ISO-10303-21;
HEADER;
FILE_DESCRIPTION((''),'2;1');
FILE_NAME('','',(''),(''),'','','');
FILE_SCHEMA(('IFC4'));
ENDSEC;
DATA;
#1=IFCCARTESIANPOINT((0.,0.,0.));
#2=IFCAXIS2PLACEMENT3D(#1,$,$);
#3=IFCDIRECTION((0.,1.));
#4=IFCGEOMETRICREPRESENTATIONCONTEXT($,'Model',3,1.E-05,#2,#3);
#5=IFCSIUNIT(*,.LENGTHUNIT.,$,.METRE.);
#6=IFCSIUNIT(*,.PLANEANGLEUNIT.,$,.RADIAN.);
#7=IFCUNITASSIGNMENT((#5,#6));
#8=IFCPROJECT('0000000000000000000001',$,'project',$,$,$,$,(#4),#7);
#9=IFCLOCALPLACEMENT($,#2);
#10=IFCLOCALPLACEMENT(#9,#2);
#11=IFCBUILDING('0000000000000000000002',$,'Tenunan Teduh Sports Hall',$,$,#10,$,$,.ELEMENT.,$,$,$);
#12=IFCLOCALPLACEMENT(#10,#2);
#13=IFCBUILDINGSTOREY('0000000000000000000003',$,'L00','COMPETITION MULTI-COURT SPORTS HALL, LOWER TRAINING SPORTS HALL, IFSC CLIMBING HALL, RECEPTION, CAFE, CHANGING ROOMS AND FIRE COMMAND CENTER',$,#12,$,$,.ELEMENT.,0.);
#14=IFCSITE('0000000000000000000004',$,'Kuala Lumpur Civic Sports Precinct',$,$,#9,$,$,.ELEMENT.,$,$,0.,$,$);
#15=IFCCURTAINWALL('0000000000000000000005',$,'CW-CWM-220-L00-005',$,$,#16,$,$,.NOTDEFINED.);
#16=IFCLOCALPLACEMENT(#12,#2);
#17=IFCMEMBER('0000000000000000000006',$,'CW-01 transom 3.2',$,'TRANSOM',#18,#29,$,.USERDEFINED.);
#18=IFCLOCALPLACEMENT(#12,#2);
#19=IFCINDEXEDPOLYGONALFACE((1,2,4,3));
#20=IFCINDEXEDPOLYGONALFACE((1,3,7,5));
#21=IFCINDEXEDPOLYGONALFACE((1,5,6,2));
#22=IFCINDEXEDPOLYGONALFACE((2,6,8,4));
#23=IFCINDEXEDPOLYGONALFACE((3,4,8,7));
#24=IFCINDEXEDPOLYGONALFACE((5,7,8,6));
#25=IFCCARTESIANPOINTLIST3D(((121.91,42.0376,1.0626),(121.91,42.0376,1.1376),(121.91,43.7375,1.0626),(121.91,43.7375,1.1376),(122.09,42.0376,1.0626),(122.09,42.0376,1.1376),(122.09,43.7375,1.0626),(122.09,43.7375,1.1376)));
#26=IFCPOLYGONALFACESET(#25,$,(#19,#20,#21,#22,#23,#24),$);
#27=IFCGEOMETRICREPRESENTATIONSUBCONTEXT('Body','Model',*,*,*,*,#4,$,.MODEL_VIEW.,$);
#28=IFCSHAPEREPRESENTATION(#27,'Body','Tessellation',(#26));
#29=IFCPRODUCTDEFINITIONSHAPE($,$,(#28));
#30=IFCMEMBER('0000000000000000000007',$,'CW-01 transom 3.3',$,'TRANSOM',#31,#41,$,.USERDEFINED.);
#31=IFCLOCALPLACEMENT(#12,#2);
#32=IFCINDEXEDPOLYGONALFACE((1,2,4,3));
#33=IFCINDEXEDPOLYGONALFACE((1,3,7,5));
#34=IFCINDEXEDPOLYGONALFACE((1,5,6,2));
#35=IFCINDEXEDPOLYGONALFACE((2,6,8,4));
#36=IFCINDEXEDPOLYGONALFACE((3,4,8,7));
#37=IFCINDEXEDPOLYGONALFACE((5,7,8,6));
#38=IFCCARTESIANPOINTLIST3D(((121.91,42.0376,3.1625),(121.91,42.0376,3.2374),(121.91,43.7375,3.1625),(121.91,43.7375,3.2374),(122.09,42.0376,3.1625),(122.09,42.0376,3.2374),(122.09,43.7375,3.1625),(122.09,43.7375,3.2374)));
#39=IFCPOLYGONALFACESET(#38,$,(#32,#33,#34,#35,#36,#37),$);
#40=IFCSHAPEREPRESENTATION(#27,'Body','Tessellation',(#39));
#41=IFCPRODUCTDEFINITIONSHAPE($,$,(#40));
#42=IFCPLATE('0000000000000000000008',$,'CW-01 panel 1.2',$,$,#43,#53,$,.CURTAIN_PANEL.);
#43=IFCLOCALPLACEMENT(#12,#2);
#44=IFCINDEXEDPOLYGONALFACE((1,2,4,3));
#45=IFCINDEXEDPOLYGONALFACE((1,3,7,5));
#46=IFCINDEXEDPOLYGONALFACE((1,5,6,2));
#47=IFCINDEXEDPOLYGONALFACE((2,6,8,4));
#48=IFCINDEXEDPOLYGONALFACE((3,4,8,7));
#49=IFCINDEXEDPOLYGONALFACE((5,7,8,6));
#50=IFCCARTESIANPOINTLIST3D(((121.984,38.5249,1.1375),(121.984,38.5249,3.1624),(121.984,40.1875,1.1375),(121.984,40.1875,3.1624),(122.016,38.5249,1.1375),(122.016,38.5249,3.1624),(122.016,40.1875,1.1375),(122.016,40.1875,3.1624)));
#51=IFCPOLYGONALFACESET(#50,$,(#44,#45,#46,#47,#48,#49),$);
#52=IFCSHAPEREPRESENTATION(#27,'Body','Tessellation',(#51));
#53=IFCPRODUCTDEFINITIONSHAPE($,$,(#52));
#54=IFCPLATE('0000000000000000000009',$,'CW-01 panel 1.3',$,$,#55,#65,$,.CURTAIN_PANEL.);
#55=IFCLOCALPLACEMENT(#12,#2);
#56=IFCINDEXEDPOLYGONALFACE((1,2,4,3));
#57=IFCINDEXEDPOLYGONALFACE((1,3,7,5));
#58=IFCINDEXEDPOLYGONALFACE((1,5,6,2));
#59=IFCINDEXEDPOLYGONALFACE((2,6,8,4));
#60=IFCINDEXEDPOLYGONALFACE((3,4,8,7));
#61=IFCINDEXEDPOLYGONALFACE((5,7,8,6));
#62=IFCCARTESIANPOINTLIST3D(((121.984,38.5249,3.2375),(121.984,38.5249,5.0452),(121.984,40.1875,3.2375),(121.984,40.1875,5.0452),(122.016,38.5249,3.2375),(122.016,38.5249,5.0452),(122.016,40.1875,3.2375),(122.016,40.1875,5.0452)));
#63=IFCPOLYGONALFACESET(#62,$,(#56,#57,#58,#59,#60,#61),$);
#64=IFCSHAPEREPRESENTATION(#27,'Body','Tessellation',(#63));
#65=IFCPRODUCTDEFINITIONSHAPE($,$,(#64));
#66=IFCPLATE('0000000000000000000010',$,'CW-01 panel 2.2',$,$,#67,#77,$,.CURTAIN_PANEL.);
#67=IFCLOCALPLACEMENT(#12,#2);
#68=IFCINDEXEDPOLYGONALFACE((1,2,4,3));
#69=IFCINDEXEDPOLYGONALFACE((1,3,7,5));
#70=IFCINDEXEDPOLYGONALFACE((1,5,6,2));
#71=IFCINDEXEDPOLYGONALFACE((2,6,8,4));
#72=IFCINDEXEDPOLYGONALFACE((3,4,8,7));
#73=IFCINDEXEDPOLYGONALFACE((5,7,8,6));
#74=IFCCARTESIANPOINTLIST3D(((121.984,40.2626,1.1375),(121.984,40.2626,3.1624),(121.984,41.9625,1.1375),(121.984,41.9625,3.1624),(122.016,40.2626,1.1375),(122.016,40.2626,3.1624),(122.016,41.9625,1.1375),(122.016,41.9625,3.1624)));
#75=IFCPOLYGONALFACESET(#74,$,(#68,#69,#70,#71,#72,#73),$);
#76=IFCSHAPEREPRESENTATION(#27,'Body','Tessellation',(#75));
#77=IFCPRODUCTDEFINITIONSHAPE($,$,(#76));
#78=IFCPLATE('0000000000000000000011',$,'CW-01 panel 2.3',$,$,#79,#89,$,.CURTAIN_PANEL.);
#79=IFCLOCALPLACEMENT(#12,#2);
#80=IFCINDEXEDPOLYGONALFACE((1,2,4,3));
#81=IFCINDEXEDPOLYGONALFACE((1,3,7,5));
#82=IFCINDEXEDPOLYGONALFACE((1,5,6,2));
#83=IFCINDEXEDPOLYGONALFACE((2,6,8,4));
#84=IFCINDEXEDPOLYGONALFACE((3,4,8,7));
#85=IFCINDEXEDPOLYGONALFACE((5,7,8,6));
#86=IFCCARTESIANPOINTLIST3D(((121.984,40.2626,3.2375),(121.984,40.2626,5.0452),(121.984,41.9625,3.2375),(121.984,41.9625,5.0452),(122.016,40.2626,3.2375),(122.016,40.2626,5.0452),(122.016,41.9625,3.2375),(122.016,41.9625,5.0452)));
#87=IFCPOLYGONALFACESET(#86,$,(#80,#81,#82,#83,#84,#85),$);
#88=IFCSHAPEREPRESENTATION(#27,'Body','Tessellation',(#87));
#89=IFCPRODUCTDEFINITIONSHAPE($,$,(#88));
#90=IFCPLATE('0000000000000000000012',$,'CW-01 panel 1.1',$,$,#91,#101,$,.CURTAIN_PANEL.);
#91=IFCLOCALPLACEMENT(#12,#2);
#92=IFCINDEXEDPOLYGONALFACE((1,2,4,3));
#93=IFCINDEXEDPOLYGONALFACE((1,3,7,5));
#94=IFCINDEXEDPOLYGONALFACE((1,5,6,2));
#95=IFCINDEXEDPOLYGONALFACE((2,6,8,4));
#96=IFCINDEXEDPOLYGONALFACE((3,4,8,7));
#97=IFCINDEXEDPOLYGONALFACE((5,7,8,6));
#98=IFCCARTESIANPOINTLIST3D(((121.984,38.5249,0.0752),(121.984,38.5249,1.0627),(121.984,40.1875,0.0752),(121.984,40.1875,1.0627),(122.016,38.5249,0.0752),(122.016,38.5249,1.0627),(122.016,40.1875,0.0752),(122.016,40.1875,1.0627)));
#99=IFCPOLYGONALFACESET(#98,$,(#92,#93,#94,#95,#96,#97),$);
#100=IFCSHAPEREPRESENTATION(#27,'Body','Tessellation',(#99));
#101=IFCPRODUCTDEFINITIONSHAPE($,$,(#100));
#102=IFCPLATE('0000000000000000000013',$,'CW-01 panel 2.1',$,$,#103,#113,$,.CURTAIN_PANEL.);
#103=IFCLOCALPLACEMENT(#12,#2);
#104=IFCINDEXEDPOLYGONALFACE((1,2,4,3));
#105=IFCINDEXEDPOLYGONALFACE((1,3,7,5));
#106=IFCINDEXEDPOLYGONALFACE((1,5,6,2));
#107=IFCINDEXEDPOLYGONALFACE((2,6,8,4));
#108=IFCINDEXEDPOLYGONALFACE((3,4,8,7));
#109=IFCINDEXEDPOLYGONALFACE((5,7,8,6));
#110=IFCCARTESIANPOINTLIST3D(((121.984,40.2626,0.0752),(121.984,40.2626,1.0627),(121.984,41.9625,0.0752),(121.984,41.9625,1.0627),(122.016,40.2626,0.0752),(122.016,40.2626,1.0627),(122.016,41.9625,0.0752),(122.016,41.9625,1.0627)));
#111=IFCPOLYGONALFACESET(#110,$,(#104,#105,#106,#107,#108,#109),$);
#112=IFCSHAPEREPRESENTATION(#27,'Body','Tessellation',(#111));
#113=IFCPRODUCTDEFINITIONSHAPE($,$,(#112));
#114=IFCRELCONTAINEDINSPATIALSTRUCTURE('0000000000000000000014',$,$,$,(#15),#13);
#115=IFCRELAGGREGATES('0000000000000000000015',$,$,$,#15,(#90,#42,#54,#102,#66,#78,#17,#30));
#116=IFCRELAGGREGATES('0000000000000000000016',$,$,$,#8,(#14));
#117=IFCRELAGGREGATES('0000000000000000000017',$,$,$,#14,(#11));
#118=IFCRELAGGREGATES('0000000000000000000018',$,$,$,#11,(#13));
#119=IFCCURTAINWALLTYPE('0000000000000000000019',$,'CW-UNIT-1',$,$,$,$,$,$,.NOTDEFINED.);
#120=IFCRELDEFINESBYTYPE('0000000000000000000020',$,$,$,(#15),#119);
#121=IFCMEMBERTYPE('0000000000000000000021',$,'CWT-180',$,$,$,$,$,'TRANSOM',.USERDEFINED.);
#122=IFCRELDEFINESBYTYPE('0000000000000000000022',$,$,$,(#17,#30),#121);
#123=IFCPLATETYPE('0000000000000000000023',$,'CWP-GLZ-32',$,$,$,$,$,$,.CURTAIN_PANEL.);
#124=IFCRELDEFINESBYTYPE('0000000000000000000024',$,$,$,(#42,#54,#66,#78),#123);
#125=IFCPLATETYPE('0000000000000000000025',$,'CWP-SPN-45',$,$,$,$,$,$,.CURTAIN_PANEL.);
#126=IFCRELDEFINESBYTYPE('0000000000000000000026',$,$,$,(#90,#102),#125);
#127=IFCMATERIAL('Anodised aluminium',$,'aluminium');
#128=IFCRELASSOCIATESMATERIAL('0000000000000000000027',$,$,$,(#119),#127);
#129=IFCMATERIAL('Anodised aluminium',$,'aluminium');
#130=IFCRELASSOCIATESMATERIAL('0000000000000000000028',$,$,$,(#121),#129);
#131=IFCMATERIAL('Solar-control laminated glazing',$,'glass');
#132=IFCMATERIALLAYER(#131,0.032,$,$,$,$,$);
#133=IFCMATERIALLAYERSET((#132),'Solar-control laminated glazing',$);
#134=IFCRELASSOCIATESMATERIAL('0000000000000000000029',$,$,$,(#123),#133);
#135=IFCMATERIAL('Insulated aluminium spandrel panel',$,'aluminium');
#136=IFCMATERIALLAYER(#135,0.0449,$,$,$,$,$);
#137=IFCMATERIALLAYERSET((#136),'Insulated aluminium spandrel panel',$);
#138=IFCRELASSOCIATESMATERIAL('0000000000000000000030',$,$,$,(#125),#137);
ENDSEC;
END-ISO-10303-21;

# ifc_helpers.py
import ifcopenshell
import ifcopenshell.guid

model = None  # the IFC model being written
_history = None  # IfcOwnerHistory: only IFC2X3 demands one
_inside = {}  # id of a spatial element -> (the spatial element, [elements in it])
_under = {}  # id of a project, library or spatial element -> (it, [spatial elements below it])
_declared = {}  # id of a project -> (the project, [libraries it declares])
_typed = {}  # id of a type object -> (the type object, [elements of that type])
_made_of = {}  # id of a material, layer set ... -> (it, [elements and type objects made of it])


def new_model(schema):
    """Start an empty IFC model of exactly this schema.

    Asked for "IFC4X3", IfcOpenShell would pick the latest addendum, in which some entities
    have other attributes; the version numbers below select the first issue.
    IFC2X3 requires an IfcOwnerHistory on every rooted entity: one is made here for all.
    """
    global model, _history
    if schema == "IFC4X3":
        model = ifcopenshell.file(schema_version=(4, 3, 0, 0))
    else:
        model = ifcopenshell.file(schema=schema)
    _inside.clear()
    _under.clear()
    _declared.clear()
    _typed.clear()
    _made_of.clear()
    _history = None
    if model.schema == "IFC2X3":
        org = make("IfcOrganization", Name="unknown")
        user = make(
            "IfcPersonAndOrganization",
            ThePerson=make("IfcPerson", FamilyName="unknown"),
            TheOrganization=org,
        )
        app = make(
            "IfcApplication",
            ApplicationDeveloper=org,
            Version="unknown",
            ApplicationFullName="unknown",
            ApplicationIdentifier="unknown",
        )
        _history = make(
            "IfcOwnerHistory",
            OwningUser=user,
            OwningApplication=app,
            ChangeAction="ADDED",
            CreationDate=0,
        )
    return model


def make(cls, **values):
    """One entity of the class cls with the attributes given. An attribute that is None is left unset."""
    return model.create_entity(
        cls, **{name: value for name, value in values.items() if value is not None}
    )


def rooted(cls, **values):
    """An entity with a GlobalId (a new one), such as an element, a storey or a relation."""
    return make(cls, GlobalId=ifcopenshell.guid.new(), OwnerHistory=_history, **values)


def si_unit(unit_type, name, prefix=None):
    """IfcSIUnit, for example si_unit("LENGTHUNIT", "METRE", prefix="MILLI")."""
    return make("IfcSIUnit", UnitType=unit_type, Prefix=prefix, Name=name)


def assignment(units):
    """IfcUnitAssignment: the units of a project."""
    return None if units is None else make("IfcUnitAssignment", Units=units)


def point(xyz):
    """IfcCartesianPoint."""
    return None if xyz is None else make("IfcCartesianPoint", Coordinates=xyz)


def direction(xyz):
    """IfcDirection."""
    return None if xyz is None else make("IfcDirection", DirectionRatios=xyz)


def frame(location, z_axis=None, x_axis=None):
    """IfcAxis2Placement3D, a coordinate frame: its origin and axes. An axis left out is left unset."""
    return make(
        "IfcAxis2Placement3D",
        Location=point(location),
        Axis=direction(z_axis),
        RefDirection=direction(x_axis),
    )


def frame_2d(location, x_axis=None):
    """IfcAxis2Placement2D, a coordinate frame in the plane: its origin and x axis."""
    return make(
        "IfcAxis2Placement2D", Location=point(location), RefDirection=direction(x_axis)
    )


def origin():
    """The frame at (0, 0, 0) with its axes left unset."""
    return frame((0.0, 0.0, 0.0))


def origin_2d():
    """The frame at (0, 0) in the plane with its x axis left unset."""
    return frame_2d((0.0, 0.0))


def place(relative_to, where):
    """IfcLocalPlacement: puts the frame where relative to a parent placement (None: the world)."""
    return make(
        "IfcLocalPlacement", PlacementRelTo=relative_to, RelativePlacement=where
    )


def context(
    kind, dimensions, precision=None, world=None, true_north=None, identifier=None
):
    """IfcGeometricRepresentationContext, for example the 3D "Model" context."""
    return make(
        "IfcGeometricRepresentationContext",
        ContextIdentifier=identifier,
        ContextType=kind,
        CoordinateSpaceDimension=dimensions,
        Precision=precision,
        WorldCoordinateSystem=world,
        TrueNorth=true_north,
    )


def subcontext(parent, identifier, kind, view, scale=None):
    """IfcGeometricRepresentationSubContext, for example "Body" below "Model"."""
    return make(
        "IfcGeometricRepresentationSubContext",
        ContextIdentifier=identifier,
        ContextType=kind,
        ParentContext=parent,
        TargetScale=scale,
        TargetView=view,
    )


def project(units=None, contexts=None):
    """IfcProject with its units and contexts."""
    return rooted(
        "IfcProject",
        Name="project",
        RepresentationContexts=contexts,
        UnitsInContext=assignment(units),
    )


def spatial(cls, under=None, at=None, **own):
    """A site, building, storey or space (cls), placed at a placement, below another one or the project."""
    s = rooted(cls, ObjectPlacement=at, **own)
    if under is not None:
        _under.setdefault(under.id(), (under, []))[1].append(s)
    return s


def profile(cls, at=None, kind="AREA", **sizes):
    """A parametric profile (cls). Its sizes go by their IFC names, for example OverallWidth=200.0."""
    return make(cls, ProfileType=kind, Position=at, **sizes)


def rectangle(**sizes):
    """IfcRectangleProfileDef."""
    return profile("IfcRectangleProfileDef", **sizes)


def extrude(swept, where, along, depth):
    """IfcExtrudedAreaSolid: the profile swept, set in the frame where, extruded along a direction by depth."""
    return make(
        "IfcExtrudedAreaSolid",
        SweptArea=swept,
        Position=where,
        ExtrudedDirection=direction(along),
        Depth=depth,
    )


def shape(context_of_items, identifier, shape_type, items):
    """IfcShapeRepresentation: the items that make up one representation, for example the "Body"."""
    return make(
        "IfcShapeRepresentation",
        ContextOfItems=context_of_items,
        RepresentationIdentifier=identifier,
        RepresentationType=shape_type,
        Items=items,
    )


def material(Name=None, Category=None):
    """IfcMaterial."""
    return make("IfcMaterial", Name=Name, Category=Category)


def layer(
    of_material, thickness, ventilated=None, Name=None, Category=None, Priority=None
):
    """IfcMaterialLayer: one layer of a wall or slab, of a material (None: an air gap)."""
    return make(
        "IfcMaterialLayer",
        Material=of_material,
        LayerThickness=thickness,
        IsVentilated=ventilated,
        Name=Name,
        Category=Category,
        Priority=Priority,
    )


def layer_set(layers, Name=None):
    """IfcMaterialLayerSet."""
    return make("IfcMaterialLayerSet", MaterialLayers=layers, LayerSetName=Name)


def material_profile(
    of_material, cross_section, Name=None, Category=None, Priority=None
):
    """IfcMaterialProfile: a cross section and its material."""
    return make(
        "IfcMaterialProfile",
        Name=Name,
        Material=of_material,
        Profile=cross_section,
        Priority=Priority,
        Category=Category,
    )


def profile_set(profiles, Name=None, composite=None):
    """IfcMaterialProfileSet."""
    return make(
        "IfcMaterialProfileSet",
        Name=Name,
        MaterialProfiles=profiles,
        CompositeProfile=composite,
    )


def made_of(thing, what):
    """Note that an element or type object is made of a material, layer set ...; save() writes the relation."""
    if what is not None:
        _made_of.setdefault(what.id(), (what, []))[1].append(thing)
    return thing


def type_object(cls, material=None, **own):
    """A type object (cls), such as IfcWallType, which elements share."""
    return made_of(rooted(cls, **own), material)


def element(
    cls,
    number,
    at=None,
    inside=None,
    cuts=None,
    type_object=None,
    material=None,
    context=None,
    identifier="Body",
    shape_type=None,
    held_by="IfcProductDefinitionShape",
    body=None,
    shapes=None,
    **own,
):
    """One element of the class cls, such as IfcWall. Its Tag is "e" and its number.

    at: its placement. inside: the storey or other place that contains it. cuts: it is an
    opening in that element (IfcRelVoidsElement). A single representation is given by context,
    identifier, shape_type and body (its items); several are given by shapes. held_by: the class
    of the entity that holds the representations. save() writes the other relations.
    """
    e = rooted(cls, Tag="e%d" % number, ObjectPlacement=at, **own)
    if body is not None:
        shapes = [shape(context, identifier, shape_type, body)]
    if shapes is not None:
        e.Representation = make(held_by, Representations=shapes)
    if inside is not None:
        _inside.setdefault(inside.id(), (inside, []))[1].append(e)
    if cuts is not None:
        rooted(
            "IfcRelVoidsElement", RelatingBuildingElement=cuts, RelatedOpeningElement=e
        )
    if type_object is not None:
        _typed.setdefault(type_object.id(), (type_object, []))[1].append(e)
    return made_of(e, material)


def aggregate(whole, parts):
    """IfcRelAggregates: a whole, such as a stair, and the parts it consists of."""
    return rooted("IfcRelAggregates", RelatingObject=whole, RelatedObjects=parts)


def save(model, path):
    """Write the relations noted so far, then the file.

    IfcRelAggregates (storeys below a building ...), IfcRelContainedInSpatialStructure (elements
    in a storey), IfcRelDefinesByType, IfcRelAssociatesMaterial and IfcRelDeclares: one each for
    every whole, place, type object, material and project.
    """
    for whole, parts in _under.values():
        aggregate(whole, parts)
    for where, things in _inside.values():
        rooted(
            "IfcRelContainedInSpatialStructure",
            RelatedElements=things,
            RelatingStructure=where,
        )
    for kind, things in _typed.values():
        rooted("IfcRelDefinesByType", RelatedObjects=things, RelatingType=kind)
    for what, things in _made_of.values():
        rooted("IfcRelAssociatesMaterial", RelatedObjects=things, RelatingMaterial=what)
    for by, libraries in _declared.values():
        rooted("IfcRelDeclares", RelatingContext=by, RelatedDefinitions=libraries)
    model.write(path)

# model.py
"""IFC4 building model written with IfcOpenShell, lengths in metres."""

from ifc_helpers import new_model, si_unit, direction, frame, origin, origin_2d, place, context, subcontext, project, spatial, rectangle, extrude, material, layer, layer_set, material_profile, profile_set, type_object, element, aggregate, save


model = new_model("IFC4")

# Units and contexts
model_context = context("Model", 3, precision=1e-05, world=origin(), true_north=direction((0.0, 1.0)))
body_context = subcontext(model_context, "Body", "Model", "MODEL_VIEW")
ifc_project = project(units=[si_unit("LENGTHUNIT", "METRE"), si_unit("PLANEANGLEUNIT", "RADIAN")], contexts=[model_context])

# Site, building, storey
site_placement = place(None, origin())
site = spatial("IfcSite", under=ifc_project, at=site_placement, Name="Kuala Lumpur Civic Sports Precinct", CompositionType="ELEMENT", RefElevation=0.0)
building_placement = place(site_placement, origin())
building = spatial("IfcBuilding", under=site, at=building_placement, Name="Tenunan Teduh Sports Hall", CompositionType="ELEMENT")
storey_placement = place(building_placement, origin())
storey = spatial("IfcBuildingStorey", under=building, at=storey_placement, Name="L00", Description="COMPETITION MULTI-COURT SPORTS HALL, LOWER TRAINING SPORTS HALL, IFSC CLIMBING HALL, RECEPTION, CAFE, CHANGING ROOMS AND FIRE COMMAND CENTER", CompositionType="ELEMENT", Elevation=0.0)

# Curtain wall, members, plates
ifc_material_1 = material(Name="Anodised aluminium", Category="aluminium")
curtain_wall_type = type_object("IfcCurtainWallType", Name="CW-UNIT-1", PredefinedType="NOTDEFINED", material=ifc_material_1)
curtain_wall_placement = place(storey_placement, origin())
curtain_wall = element("IfcCurtainWall", 1, at=curtain_wall_placement, inside=storey, type_object=curtain_wall_type, Name="CW-CWM-220-L00-005", PredefinedType="NOTDEFINED")
ifc_material_2 = material(Name="Anodised aluminium", Category="aluminium")
ifc_material_profile_1 = material_profile(ifc_material_2, rectangle(XDim=0.075, YDim=0.1799, at=origin_2d()), Name="CWT 75x180")
ifc_profile_set_1 = profile_set([ifc_material_profile_1], Name="Anodised aluminium")
member_type_1 = type_object("IfcMemberType", Name="CWT-180", ElementType="TRANSOM", PredefinedType="USERDEFINED", material=ifc_profile_set_1)
member_1_placement = place(storey_placement, frame((122.0, 42.0376, 1.1001), z_axis=(0.0, 1.0, 0.0), x_axis=(0.0, 0.0, 1.0)))
member_1 = element("IfcMember", 2, at=member_1_placement, type_object=member_type_1, Name="CW-01 transom 3.2", ObjectType="TRANSOM", PredefinedType="USERDEFINED", context=body_context, shape_type="SweptSolid", body=[
    extrude(rectangle(XDim=0.075, YDim=0.1799, at=origin_2d()), origin(), (0.0, 0.0, 1.0), 1.7),
])
member_2_placement = place(storey_placement, frame((122.0, 42.0376, 3.2), z_axis=(0.0, 1.0, 0.0), x_axis=(0.0, 0.0, 1.0)))
member_2 = element("IfcMember", 3, at=member_2_placement, type_object=member_type_1, Name="CW-01 transom 3.3", ObjectType="TRANSOM", PredefinedType="USERDEFINED", context=body_context, shape_type="SweptSolid", body=[
    extrude(rectangle(XDim=0.075, YDim=0.1799, at=origin_2d()), origin(), (0.0, 0.0, 1.0), 1.7),
])
ifc_material_3 = material(Name="Solar-control laminated glazing", Category="glass")
ifc_layer_1 = layer(ifc_material_3, 0.032)
ifc_layer_set_1 = layer_set([ifc_layer_1], Name="Solar-control laminated glazing")
plate_type_1 = type_object("IfcPlateType", Name="CWP-GLZ-32", PredefinedType="CURTAIN_PANEL", material=ifc_layer_set_1)
plate_1_placement = place(storey_placement, frame((122.0, 39.3562, 1.1375), z_axis=(0.0, 0.0, 1.0), x_axis=(0.0, 1.0, 0.0)))
plate_1 = element("IfcPlate", 4, at=plate_1_placement, type_object=plate_type_1, Name="CW-01 panel 1.2", PredefinedType="CURTAIN_PANEL", context=body_context, shape_type="SweptSolid", body=[
    extrude(rectangle(XDim=1.6626, YDim=0.032, at=origin_2d()), origin(), (0.0, 0.0, 1.0), 2.0249),
])
plate_2_placement = place(storey_placement, frame((122.0, 39.3562, 3.2375), z_axis=(0.0, 0.0, 1.0), x_axis=(0.0, 1.0, 0.0)))
plate_2 = element("IfcPlate", 5, at=plate_2_placement, type_object=plate_type_1, Name="CW-01 panel 1.3", PredefinedType="CURTAIN_PANEL", context=body_context, shape_type="SweptSolid", body=[
    extrude(rectangle(XDim=1.6626, YDim=0.032, at=origin_2d()), origin(), (0.0, 0.0, 1.0), 1.8076),
])
plate_3_placement = place(storey_placement, frame((122.0, 41.1125, 1.1375), z_axis=(0.0, 0.0, 1.0), x_axis=(0.0, 1.0, 0.0)))
plate_3 = element("IfcPlate", 6, at=plate_3_placement, type_object=plate_type_1, Name="CW-01 panel 2.2", PredefinedType="CURTAIN_PANEL", context=body_context, shape_type="SweptSolid", body=[
    extrude(rectangle(XDim=1.7, YDim=0.032, at=origin_2d()), origin(), (0.0, 0.0, 1.0), 2.0249),
])
plate_4_placement = place(storey_placement, frame((122.0, 41.1125, 3.2375), z_axis=(0.0, 0.0, 1.0), x_axis=(0.0, 1.0, 0.0)))
plate_4 = element("IfcPlate", 7, at=plate_4_placement, type_object=plate_type_1, Name="CW-01 panel 2.3", PredefinedType="CURTAIN_PANEL", context=body_context, shape_type="SweptSolid", body=[
    extrude(rectangle(XDim=1.7, YDim=0.032, at=origin_2d()), origin(), (0.0, 0.0, 1.0), 1.8076),
])
ifc_material_4 = material(Name="Insulated aluminium spandrel panel", Category="aluminium")
ifc_layer_2 = layer(ifc_material_4, 0.0449)
ifc_layer_set_2 = layer_set([ifc_layer_2], Name="Insulated aluminium spandrel panel")
plate_type_2 = type_object("IfcPlateType", Name="CWP-SPN-45", PredefinedType="CURTAIN_PANEL", material=ifc_layer_set_2)
plate_5_placement = place(storey_placement, frame((122.0, 39.3562, 0.0752), z_axis=(0.0, 0.0, 1.0), x_axis=(0.0, 1.0, 0.0)))
plate_5 = element("IfcPlate", 8, at=plate_5_placement, type_object=plate_type_2, Name="CW-01 panel 1.1", PredefinedType="CURTAIN_PANEL", context=body_context, shape_type="SweptSolid", body=[
    extrude(rectangle(XDim=1.6626, YDim=0.032, at=origin_2d()), origin(), (0.0, 0.0, 1.0), 0.9875),
])
plate_6_placement = place(storey_placement, frame((122.0, 41.1125, 0.0752), z_axis=(0.0, 0.0, 1.0), x_axis=(0.0, 1.0, 0.0)))
plate_6 = element("IfcPlate", 9, at=plate_6_placement, type_object=plate_type_2, Name="CW-01 panel 2.1", PredefinedType="CURTAIN_PANEL", context=body_context, shape_type="SweptSolid", body=[
    extrude(rectangle(XDim=1.7, YDim=0.032, at=origin_2d()), origin(), (0.0, 0.0, 1.0), 0.9875),
])
aggregate(curtain_wall, [plate_5, plate_1, plate_2, plate_6, plate_3, plate_4, member_1, member_2])

save(model, "model.ifc")
